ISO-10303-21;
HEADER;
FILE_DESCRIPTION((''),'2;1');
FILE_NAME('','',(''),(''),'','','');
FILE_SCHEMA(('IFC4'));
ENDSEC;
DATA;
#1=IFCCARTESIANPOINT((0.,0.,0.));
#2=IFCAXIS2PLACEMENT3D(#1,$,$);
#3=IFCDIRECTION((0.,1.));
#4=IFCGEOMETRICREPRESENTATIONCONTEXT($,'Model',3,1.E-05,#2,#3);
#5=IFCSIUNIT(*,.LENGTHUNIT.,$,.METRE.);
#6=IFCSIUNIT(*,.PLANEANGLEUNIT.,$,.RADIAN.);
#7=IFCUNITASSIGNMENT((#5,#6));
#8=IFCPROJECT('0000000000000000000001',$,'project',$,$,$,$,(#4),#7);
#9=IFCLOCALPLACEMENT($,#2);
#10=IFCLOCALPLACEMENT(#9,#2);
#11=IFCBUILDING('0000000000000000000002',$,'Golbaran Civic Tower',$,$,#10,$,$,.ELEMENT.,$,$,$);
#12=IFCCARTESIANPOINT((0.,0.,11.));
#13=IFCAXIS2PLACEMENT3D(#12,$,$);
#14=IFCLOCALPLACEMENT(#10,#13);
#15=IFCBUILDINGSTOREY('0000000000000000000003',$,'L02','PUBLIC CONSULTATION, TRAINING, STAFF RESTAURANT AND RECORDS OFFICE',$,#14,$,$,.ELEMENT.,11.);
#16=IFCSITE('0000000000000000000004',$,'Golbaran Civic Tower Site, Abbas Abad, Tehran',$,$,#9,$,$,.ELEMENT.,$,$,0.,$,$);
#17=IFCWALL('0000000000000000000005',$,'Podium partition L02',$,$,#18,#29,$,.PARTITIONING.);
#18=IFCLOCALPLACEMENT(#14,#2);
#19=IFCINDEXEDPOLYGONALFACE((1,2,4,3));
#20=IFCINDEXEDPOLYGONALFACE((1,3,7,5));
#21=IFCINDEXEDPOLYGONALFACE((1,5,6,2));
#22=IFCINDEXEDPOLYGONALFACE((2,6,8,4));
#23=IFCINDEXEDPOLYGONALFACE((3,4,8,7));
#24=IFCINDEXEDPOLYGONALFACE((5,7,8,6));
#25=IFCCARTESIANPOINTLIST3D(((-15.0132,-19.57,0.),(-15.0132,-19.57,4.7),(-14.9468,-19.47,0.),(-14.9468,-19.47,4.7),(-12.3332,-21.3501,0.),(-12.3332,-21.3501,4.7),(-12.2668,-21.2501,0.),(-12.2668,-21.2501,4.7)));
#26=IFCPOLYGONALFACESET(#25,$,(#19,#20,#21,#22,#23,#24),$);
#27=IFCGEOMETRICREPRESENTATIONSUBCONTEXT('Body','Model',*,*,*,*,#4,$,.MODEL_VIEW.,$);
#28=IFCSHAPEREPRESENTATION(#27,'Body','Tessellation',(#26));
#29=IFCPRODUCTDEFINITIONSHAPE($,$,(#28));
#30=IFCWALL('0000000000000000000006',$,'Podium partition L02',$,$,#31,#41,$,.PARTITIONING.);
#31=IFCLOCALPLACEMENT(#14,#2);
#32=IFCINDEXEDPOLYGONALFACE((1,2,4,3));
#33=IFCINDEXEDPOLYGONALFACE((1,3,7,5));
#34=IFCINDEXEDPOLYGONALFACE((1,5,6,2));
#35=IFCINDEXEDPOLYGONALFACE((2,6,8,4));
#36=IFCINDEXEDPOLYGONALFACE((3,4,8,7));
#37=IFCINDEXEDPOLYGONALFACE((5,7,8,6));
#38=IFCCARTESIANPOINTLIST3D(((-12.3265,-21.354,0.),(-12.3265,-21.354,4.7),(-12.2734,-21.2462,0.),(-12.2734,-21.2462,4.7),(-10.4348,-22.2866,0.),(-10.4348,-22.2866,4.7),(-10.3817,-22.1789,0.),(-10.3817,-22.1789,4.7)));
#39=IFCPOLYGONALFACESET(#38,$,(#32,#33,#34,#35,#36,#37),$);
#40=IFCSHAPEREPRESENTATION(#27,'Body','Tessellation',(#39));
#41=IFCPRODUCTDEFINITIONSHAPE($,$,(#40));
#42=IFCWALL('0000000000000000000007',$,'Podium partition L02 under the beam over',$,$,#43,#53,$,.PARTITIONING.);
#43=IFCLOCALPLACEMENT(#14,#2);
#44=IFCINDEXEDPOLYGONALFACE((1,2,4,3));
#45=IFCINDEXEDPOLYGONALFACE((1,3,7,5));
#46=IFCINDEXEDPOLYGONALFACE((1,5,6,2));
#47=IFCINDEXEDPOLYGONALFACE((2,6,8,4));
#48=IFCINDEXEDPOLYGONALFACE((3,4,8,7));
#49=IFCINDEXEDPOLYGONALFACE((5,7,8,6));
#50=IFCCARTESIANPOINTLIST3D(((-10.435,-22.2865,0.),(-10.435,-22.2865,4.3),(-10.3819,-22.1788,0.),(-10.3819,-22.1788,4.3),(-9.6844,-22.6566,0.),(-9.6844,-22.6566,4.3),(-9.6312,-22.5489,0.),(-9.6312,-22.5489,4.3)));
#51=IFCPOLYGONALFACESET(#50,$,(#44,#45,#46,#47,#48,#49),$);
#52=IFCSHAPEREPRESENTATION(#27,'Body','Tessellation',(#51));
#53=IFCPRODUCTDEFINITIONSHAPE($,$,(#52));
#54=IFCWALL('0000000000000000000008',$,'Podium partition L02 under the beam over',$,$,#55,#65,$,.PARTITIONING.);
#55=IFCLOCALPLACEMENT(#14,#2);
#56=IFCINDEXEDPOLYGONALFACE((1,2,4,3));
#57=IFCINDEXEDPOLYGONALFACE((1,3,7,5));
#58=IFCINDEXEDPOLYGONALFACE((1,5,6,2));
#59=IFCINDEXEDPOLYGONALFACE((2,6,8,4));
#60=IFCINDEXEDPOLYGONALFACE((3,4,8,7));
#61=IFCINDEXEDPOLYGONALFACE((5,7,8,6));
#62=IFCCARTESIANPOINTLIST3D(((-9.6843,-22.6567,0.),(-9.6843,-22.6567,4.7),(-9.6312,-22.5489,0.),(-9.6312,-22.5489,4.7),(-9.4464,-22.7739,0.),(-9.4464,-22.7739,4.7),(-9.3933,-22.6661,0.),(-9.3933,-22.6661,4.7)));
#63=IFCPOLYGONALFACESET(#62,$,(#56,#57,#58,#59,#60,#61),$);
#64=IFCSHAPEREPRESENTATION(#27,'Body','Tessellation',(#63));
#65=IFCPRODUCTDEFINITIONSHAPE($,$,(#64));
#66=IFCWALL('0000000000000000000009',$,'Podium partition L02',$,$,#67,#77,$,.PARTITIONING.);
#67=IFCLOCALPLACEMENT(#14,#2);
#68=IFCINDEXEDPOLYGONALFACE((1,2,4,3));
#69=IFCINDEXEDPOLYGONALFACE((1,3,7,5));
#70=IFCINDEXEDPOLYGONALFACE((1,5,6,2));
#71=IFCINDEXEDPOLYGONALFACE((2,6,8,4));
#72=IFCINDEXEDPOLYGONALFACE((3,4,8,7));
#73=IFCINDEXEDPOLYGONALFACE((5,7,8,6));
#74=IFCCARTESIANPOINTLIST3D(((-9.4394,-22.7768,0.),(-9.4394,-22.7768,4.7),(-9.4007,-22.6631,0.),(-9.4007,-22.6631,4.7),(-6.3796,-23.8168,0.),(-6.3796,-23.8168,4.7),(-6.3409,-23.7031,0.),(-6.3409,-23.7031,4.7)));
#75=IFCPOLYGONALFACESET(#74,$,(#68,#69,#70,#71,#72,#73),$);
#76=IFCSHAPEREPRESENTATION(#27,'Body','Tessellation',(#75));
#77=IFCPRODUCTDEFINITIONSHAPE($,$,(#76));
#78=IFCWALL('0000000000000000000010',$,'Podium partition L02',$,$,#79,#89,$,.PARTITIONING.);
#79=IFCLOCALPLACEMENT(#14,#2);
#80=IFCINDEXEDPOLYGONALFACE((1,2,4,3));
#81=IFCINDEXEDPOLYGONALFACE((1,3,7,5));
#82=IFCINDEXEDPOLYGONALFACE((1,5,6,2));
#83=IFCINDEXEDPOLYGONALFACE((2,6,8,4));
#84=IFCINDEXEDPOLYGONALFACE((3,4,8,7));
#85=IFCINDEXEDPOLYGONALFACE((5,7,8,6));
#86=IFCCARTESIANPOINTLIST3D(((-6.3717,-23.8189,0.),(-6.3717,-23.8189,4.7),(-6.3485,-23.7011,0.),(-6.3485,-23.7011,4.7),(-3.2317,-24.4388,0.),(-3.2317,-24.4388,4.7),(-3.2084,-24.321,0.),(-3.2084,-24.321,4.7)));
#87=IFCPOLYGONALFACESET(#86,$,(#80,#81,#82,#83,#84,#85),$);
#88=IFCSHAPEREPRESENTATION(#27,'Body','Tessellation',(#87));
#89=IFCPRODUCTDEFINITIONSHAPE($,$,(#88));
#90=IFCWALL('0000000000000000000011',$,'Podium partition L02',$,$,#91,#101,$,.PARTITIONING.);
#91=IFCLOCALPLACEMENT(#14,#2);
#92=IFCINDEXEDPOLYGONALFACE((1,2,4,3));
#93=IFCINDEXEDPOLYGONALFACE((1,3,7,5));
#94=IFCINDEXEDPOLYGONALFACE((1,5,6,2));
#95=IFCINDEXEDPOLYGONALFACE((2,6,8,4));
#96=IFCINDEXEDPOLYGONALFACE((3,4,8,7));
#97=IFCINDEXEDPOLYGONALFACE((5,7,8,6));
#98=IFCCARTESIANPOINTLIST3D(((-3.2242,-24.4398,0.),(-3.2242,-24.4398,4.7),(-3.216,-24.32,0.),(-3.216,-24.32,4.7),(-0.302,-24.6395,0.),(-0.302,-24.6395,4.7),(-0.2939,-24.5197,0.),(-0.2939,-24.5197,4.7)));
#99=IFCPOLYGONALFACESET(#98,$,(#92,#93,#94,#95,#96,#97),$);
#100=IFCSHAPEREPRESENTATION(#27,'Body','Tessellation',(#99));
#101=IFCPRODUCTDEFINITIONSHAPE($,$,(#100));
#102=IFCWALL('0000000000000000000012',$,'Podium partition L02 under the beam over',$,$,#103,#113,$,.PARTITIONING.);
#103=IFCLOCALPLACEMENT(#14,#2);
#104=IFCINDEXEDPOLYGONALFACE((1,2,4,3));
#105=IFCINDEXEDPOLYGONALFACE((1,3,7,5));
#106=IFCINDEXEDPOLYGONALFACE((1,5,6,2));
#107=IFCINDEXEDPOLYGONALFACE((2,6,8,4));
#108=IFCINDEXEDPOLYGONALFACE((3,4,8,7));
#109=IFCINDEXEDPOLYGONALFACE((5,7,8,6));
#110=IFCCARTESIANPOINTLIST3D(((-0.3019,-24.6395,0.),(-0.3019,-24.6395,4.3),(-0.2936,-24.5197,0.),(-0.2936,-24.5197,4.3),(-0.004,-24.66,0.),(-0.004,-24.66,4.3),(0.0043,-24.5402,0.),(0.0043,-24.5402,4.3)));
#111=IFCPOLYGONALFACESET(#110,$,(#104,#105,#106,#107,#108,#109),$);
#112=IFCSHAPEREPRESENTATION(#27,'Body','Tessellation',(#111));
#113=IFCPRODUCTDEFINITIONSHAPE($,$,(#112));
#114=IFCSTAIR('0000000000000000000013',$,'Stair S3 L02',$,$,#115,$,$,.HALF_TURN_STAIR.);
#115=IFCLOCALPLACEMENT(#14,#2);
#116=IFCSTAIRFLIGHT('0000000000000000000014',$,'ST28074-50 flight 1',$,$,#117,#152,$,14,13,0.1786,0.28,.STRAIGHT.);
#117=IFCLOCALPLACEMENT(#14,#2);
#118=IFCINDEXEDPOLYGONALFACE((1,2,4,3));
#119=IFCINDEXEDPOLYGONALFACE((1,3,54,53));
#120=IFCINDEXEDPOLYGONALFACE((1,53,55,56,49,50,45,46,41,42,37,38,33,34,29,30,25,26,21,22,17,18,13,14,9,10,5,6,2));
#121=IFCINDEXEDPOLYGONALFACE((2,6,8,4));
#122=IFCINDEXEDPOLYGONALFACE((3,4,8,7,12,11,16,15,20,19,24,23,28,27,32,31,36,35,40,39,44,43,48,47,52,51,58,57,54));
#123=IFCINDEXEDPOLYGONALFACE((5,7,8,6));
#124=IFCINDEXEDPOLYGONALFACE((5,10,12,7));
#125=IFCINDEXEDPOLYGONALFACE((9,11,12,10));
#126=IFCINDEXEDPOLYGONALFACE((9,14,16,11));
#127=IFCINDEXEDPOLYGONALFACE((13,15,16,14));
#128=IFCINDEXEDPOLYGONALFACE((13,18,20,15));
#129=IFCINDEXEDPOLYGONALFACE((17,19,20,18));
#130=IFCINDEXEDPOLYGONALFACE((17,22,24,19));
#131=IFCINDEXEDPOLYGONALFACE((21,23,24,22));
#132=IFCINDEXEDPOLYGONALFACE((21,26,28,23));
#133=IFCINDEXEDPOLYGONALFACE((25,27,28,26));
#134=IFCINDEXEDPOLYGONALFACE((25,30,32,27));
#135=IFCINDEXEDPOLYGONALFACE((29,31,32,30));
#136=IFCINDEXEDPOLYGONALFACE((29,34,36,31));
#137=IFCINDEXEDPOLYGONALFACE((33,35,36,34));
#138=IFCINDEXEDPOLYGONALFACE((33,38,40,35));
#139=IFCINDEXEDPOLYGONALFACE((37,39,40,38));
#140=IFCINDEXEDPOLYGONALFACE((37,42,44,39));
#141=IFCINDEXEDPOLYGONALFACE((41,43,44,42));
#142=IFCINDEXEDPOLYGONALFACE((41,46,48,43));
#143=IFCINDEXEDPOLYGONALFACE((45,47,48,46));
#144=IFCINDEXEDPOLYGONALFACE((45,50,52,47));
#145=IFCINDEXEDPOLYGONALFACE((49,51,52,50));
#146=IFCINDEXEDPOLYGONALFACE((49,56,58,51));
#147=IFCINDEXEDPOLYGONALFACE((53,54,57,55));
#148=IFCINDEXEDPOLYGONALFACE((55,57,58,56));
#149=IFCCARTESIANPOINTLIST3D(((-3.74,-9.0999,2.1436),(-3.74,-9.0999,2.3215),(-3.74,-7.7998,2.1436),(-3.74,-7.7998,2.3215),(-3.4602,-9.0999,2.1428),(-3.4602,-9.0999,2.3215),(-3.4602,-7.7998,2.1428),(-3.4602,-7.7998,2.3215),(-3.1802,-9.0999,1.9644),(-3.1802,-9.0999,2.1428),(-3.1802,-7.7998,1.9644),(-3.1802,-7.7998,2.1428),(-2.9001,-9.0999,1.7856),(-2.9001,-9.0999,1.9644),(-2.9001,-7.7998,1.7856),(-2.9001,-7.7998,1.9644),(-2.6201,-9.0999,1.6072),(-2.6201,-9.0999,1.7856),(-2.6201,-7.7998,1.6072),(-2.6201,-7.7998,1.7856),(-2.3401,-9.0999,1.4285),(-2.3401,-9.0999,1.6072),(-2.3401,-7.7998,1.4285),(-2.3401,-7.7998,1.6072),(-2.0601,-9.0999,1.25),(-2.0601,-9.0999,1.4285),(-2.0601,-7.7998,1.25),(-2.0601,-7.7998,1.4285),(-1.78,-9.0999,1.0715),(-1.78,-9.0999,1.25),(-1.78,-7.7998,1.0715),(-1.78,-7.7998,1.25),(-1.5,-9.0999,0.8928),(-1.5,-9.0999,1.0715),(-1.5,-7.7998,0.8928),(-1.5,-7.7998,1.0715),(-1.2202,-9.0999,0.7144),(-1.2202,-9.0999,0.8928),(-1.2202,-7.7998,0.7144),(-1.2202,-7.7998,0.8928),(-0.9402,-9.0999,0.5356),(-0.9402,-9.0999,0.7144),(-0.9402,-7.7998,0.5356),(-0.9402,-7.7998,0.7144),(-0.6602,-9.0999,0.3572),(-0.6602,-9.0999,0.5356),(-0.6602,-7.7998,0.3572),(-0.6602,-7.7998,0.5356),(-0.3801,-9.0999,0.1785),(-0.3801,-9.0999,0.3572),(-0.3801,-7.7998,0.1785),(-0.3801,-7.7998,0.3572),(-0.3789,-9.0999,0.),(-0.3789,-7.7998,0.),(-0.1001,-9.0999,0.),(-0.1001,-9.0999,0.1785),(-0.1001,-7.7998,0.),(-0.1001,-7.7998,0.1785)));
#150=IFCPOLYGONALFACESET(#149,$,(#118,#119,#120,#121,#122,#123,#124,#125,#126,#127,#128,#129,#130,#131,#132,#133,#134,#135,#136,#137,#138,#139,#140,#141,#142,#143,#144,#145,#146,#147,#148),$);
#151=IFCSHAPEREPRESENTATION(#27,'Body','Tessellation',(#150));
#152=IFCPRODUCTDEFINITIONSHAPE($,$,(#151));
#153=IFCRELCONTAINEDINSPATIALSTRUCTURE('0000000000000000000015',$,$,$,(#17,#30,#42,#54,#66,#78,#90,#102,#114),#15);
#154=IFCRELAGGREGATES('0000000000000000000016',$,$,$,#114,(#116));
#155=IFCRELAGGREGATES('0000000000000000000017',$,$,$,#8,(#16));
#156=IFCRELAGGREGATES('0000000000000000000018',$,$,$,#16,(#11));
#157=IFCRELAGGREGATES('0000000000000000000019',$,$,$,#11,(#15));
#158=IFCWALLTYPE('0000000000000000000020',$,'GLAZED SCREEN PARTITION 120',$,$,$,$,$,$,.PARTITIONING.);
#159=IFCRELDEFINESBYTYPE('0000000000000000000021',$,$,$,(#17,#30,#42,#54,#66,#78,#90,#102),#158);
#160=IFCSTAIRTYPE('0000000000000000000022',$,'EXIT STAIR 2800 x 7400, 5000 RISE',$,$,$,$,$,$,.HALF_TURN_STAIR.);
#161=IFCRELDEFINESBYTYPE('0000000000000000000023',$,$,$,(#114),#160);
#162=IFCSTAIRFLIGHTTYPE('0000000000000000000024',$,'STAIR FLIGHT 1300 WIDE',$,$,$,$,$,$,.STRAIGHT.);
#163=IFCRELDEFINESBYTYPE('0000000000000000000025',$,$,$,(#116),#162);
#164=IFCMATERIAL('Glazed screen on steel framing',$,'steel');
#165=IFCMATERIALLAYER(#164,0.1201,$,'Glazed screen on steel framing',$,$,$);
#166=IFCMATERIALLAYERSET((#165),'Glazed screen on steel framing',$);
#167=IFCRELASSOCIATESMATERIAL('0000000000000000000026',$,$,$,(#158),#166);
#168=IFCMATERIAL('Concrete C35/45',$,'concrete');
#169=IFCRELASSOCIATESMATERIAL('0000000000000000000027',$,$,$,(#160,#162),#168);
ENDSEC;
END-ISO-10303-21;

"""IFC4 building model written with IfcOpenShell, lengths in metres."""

from ifc_helpers import new_model, si_unit, direction, frame, frame_2d, origin, place, context, subcontext, project, spatial, polyline, rectangle, outline, extrude, material, layer, layer_set, type_object, element, aggregate, save


model = new_model("IFC4")

# Units and contexts
model_context = context("Model", 3, precision=1e-05, world=origin(), true_north=direction((0.0, 1.0)))
body_context = subcontext(model_context, "Body", "Model", "MODEL_VIEW")
ifc_project = project(units=[si_unit("LENGTHUNIT", "METRE"), si_unit("PLANEANGLEUNIT", "RADIAN")], contexts=[model_context])

# Site, building, storey
site_placement = place(None, origin())
site = spatial("IfcSite", under=ifc_project, at=site_placement, Name="Golbaran Civic Tower Site, Abbas Abad, Tehran", CompositionType="ELEMENT", RefElevation=0.0)
building_placement = place(site_placement, origin())
building = spatial("IfcBuilding", under=site, at=building_placement, Name="Golbaran Civic Tower", CompositionType="ELEMENT")
storey_placement = place(building_placement, frame((0.0, 0.0, 11.0)))
storey = spatial("IfcBuildingStorey", under=building, at=storey_placement, Name="L02", Description="PUBLIC CONSULTATION, TRAINING, STAFF RESTAURANT AND RECORDS OFFICE", CompositionType="ELEMENT", Elevation=11.0)

# Shared definitions
ifc_material_1 = material(Name="Glazed screen on steel framing", Category="steel")
ifc_layer_1 = layer(ifc_material_1, 0.1201, Name="Glazed screen on steel framing")
ifc_layer_set_1 = layer_set([ifc_layer_1], Name="Glazed screen on steel framing")
wall_type_1 = type_object("IfcWallType", Name="GLAZED SCREEN PARTITION 120", PredefinedType="PARTITIONING", material=ifc_layer_set_1)

# Walls
wall_1_placement = place(storey_placement, frame((-14.98, -19.52, 0.0), z_axis=(0.0, 0.0, 1.0), x_axis=(0.832995, -0.553281, 0.0)))
element("IfcWall", 1, at=wall_1_placement, inside=storey, type_object=wall_type_1, Name="Podium partition L02", PredefinedType="PARTITIONING", context=body_context, shape_type="SweptSolid", body=[
    extrude(rectangle(XDim=3.2173, YDim=0.1201, at=frame_2d((1.6086, 0.0))), origin(), (0.0, 0.0, 1.0), 4.7),
])
wall_2_placement = place(storey_placement, frame((-12.3, -21.3, 0.0), z_axis=(0.0, 0.0, 1.0), x_axis=(0.896914, -0.442206, 0.0)))
element("IfcWall", 2, at=wall_2_placement, inside=storey, type_object=wall_type_1, Name="Podium partition L02", PredefinedType="PARTITIONING", context=body_context, shape_type="SweptSolid", body=[
    extrude(rectangle(XDim=2.1091, YDim=0.1201, at=frame_2d((1.0547, 0.0))), origin(), (0.0, 0.0, 1.0), 4.7),
])
wall_3_placement = place(storey_placement, frame((-10.4084, -22.2327, 0.0), z_axis=(0.0, 0.0, 1.0), x_axis=(0.896922, -0.44219, 0.0)))
element("IfcWall", 3, at=wall_3_placement, inside=storey, type_object=wall_type_1, Name="Podium partition L02 under the beam over", PredefinedType="PARTITIONING", context=body_context, shape_type="SweptSolid", body=[
    extrude(rectangle(XDim=0.8369, YDim=0.1201, at=frame_2d((0.4185, 0.0))), origin(), (0.0, 0.0, 1.0), 4.3),
])
wall_4_placement = place(storey_placement, frame((-9.6577, -22.6028, 0.0), z_axis=(0.0, 0.0, 1.0), x_axis=(0.896991, -0.442049, 0.0)))
element("IfcWall", 4, at=wall_4_placement, inside=storey, type_object=wall_type_1, Name="Podium partition L02 under the beam over", PredefinedType="PARTITIONING", context=body_context, shape_type="SweptSolid", body=[
    extrude(rectangle(XDim=0.2651, YDim=0.1201, at=frame_2d((0.1326, 0.0))), origin(), (0.0, 0.0, 1.0), 4.7),
])
wall_5_placement = place(storey_placement, frame((-9.4199, -22.72, 0.0), z_axis=(0.0, 0.0, 1.0), x_axis=(0.946801, -0.32182, 0.0)))
element("IfcWall", 5, at=wall_5_placement, inside=storey, type_object=wall_type_1, Name="Podium partition L02", PredefinedType="PARTITIONING", context=body_context, shape_type="SweptSolid", body=[
    extrude(rectangle(XDim=3.2317, YDim=0.1201, at=frame_2d((1.6157, 0.0))), origin(), (0.0, 0.0, 1.0), 4.7),
])
wall_6_placement = place(storey_placement, frame((-6.3601, -23.76, 0.0), z_axis=(0.0, 0.0, 1.0), x_axis=(0.981068, -0.193666, 0.0)))
element("IfcWall", 6, at=wall_6_placement, inside=storey, type_object=wall_type_1, Name="Podium partition L02", PredefinedType="PARTITIONING", context=body_context, shape_type="SweptSolid", body=[
    extrude(rectangle(XDim=3.2007, YDim=0.1201, at=frame_2d((1.6003, 0.0))), origin(), (0.0, 0.0, 1.0), 4.7),
])
wall_7_placement = place(storey_placement, frame((-3.22, -24.3799, 0.0), z_axis=(0.0, 0.0, 1.0), x_axis=(0.997673, -0.068184, 0.0)))
element("IfcWall", 7, at=wall_7_placement, inside=storey, type_object=wall_type_1, Name="Podium partition L02", PredefinedType="PARTITIONING", context=body_context, shape_type="SweptSolid", body=[
    extrude(rectangle(XDim=2.929, YDim=0.1201, at=frame_2d((1.4644, 0.0))), origin(), (0.0, 0.0, 1.0), 4.7),
])
wall_8_placement = place(storey_placement, frame((-0.2979, -24.5796, 0.0), z_axis=(0.0, 0.0, 1.0), x_axis=(0.997638, -0.06869, 0.0)))
element("IfcWall", 8, at=wall_8_placement, inside=storey, type_object=wall_type_1, Name="Podium partition L02 under the beam over", PredefinedType="PARTITIONING", context=body_context, shape_type="SweptSolid", body=[
    extrude(rectangle(XDim=0.2986, YDim=0.1201, at=frame_2d((0.1494, 0.0))), origin(), (0.0, 0.0, 1.0), 4.3),
])

# Stair, stair flight
ifc_material_2 = material(Name="Concrete C35/45", Category="concrete")
stair_type = type_object("IfcStairType", Name="EXIT STAIR 2800 x 7400, 5000 RISE", PredefinedType="HALF_TURN_STAIR", material=ifc_material_2)
stair_placement = place(storey_placement, origin())
stair = element("IfcStair", 9, at=stair_placement, inside=storey, type_object=stair_type, Name="Stair S3 L02", PredefinedType="HALF_TURN_STAIR")
stair_flight_type = type_object("IfcStairFlightType", Name="STAIR FLIGHT 1300 WIDE", PredefinedType="STRAIGHT", material=ifc_material_2)
stair_flight_placement = place(storey_placement, frame((-0.1001, -8.45, 0.0), z_axis=(0.0, 0.0, 1.0), x_axis=(-1.0, 0.0, 0.0)))
stair_flight = element("IfcStairFlight", 10, at=stair_flight_placement, type_object=stair_flight_type, Name="ST28074-50 flight 1", NumberOfRisers=14, NumberOfTreads=13, PredefinedType="STRAIGHT", RiserHeight=0.1786, TreadLength=0.28, context=body_context, shape_type="SweptSolid", body=[
    extrude(outline(polyline([(0.0, 0.0), (0.0, 0.1785), (0.28, 0.1785), (0.28, 0.3572), (0.5601, 0.3572), (0.5601, 0.5356), (0.8401, 0.5356), (0.8401, 0.7144), (1.1201, 0.7144), (1.1201, 0.8928), (1.3999, 0.8928), (1.3999, 1.0715), (1.6799, 1.0715), (1.6799, 1.25), (1.96, 1.25), (1.96, 1.4285), (2.24, 1.4285), (2.24, 1.6072), (2.52, 1.6072), (2.52, 1.7856), (2.8, 1.7856), (2.8, 1.9644), (3.0801, 1.9644), (3.0801, 2.1428), (3.3601, 2.1428), (3.3601, 2.3215), (3.6399, 2.3215), (3.6399, 2.5), (3.6399, 2.1436), (0.2788, 0.0), (0.0, 0.0)])), frame((0.0, 0.6499, 0.0), z_axis=(0.0, -1.0, 0.0), x_axis=(1.0, 0.0, 0.0)), (0.0, 0.0, 1.0), 1.3),
])
aggregate(stair, [stair_flight])

save(model, "model.ifc")
